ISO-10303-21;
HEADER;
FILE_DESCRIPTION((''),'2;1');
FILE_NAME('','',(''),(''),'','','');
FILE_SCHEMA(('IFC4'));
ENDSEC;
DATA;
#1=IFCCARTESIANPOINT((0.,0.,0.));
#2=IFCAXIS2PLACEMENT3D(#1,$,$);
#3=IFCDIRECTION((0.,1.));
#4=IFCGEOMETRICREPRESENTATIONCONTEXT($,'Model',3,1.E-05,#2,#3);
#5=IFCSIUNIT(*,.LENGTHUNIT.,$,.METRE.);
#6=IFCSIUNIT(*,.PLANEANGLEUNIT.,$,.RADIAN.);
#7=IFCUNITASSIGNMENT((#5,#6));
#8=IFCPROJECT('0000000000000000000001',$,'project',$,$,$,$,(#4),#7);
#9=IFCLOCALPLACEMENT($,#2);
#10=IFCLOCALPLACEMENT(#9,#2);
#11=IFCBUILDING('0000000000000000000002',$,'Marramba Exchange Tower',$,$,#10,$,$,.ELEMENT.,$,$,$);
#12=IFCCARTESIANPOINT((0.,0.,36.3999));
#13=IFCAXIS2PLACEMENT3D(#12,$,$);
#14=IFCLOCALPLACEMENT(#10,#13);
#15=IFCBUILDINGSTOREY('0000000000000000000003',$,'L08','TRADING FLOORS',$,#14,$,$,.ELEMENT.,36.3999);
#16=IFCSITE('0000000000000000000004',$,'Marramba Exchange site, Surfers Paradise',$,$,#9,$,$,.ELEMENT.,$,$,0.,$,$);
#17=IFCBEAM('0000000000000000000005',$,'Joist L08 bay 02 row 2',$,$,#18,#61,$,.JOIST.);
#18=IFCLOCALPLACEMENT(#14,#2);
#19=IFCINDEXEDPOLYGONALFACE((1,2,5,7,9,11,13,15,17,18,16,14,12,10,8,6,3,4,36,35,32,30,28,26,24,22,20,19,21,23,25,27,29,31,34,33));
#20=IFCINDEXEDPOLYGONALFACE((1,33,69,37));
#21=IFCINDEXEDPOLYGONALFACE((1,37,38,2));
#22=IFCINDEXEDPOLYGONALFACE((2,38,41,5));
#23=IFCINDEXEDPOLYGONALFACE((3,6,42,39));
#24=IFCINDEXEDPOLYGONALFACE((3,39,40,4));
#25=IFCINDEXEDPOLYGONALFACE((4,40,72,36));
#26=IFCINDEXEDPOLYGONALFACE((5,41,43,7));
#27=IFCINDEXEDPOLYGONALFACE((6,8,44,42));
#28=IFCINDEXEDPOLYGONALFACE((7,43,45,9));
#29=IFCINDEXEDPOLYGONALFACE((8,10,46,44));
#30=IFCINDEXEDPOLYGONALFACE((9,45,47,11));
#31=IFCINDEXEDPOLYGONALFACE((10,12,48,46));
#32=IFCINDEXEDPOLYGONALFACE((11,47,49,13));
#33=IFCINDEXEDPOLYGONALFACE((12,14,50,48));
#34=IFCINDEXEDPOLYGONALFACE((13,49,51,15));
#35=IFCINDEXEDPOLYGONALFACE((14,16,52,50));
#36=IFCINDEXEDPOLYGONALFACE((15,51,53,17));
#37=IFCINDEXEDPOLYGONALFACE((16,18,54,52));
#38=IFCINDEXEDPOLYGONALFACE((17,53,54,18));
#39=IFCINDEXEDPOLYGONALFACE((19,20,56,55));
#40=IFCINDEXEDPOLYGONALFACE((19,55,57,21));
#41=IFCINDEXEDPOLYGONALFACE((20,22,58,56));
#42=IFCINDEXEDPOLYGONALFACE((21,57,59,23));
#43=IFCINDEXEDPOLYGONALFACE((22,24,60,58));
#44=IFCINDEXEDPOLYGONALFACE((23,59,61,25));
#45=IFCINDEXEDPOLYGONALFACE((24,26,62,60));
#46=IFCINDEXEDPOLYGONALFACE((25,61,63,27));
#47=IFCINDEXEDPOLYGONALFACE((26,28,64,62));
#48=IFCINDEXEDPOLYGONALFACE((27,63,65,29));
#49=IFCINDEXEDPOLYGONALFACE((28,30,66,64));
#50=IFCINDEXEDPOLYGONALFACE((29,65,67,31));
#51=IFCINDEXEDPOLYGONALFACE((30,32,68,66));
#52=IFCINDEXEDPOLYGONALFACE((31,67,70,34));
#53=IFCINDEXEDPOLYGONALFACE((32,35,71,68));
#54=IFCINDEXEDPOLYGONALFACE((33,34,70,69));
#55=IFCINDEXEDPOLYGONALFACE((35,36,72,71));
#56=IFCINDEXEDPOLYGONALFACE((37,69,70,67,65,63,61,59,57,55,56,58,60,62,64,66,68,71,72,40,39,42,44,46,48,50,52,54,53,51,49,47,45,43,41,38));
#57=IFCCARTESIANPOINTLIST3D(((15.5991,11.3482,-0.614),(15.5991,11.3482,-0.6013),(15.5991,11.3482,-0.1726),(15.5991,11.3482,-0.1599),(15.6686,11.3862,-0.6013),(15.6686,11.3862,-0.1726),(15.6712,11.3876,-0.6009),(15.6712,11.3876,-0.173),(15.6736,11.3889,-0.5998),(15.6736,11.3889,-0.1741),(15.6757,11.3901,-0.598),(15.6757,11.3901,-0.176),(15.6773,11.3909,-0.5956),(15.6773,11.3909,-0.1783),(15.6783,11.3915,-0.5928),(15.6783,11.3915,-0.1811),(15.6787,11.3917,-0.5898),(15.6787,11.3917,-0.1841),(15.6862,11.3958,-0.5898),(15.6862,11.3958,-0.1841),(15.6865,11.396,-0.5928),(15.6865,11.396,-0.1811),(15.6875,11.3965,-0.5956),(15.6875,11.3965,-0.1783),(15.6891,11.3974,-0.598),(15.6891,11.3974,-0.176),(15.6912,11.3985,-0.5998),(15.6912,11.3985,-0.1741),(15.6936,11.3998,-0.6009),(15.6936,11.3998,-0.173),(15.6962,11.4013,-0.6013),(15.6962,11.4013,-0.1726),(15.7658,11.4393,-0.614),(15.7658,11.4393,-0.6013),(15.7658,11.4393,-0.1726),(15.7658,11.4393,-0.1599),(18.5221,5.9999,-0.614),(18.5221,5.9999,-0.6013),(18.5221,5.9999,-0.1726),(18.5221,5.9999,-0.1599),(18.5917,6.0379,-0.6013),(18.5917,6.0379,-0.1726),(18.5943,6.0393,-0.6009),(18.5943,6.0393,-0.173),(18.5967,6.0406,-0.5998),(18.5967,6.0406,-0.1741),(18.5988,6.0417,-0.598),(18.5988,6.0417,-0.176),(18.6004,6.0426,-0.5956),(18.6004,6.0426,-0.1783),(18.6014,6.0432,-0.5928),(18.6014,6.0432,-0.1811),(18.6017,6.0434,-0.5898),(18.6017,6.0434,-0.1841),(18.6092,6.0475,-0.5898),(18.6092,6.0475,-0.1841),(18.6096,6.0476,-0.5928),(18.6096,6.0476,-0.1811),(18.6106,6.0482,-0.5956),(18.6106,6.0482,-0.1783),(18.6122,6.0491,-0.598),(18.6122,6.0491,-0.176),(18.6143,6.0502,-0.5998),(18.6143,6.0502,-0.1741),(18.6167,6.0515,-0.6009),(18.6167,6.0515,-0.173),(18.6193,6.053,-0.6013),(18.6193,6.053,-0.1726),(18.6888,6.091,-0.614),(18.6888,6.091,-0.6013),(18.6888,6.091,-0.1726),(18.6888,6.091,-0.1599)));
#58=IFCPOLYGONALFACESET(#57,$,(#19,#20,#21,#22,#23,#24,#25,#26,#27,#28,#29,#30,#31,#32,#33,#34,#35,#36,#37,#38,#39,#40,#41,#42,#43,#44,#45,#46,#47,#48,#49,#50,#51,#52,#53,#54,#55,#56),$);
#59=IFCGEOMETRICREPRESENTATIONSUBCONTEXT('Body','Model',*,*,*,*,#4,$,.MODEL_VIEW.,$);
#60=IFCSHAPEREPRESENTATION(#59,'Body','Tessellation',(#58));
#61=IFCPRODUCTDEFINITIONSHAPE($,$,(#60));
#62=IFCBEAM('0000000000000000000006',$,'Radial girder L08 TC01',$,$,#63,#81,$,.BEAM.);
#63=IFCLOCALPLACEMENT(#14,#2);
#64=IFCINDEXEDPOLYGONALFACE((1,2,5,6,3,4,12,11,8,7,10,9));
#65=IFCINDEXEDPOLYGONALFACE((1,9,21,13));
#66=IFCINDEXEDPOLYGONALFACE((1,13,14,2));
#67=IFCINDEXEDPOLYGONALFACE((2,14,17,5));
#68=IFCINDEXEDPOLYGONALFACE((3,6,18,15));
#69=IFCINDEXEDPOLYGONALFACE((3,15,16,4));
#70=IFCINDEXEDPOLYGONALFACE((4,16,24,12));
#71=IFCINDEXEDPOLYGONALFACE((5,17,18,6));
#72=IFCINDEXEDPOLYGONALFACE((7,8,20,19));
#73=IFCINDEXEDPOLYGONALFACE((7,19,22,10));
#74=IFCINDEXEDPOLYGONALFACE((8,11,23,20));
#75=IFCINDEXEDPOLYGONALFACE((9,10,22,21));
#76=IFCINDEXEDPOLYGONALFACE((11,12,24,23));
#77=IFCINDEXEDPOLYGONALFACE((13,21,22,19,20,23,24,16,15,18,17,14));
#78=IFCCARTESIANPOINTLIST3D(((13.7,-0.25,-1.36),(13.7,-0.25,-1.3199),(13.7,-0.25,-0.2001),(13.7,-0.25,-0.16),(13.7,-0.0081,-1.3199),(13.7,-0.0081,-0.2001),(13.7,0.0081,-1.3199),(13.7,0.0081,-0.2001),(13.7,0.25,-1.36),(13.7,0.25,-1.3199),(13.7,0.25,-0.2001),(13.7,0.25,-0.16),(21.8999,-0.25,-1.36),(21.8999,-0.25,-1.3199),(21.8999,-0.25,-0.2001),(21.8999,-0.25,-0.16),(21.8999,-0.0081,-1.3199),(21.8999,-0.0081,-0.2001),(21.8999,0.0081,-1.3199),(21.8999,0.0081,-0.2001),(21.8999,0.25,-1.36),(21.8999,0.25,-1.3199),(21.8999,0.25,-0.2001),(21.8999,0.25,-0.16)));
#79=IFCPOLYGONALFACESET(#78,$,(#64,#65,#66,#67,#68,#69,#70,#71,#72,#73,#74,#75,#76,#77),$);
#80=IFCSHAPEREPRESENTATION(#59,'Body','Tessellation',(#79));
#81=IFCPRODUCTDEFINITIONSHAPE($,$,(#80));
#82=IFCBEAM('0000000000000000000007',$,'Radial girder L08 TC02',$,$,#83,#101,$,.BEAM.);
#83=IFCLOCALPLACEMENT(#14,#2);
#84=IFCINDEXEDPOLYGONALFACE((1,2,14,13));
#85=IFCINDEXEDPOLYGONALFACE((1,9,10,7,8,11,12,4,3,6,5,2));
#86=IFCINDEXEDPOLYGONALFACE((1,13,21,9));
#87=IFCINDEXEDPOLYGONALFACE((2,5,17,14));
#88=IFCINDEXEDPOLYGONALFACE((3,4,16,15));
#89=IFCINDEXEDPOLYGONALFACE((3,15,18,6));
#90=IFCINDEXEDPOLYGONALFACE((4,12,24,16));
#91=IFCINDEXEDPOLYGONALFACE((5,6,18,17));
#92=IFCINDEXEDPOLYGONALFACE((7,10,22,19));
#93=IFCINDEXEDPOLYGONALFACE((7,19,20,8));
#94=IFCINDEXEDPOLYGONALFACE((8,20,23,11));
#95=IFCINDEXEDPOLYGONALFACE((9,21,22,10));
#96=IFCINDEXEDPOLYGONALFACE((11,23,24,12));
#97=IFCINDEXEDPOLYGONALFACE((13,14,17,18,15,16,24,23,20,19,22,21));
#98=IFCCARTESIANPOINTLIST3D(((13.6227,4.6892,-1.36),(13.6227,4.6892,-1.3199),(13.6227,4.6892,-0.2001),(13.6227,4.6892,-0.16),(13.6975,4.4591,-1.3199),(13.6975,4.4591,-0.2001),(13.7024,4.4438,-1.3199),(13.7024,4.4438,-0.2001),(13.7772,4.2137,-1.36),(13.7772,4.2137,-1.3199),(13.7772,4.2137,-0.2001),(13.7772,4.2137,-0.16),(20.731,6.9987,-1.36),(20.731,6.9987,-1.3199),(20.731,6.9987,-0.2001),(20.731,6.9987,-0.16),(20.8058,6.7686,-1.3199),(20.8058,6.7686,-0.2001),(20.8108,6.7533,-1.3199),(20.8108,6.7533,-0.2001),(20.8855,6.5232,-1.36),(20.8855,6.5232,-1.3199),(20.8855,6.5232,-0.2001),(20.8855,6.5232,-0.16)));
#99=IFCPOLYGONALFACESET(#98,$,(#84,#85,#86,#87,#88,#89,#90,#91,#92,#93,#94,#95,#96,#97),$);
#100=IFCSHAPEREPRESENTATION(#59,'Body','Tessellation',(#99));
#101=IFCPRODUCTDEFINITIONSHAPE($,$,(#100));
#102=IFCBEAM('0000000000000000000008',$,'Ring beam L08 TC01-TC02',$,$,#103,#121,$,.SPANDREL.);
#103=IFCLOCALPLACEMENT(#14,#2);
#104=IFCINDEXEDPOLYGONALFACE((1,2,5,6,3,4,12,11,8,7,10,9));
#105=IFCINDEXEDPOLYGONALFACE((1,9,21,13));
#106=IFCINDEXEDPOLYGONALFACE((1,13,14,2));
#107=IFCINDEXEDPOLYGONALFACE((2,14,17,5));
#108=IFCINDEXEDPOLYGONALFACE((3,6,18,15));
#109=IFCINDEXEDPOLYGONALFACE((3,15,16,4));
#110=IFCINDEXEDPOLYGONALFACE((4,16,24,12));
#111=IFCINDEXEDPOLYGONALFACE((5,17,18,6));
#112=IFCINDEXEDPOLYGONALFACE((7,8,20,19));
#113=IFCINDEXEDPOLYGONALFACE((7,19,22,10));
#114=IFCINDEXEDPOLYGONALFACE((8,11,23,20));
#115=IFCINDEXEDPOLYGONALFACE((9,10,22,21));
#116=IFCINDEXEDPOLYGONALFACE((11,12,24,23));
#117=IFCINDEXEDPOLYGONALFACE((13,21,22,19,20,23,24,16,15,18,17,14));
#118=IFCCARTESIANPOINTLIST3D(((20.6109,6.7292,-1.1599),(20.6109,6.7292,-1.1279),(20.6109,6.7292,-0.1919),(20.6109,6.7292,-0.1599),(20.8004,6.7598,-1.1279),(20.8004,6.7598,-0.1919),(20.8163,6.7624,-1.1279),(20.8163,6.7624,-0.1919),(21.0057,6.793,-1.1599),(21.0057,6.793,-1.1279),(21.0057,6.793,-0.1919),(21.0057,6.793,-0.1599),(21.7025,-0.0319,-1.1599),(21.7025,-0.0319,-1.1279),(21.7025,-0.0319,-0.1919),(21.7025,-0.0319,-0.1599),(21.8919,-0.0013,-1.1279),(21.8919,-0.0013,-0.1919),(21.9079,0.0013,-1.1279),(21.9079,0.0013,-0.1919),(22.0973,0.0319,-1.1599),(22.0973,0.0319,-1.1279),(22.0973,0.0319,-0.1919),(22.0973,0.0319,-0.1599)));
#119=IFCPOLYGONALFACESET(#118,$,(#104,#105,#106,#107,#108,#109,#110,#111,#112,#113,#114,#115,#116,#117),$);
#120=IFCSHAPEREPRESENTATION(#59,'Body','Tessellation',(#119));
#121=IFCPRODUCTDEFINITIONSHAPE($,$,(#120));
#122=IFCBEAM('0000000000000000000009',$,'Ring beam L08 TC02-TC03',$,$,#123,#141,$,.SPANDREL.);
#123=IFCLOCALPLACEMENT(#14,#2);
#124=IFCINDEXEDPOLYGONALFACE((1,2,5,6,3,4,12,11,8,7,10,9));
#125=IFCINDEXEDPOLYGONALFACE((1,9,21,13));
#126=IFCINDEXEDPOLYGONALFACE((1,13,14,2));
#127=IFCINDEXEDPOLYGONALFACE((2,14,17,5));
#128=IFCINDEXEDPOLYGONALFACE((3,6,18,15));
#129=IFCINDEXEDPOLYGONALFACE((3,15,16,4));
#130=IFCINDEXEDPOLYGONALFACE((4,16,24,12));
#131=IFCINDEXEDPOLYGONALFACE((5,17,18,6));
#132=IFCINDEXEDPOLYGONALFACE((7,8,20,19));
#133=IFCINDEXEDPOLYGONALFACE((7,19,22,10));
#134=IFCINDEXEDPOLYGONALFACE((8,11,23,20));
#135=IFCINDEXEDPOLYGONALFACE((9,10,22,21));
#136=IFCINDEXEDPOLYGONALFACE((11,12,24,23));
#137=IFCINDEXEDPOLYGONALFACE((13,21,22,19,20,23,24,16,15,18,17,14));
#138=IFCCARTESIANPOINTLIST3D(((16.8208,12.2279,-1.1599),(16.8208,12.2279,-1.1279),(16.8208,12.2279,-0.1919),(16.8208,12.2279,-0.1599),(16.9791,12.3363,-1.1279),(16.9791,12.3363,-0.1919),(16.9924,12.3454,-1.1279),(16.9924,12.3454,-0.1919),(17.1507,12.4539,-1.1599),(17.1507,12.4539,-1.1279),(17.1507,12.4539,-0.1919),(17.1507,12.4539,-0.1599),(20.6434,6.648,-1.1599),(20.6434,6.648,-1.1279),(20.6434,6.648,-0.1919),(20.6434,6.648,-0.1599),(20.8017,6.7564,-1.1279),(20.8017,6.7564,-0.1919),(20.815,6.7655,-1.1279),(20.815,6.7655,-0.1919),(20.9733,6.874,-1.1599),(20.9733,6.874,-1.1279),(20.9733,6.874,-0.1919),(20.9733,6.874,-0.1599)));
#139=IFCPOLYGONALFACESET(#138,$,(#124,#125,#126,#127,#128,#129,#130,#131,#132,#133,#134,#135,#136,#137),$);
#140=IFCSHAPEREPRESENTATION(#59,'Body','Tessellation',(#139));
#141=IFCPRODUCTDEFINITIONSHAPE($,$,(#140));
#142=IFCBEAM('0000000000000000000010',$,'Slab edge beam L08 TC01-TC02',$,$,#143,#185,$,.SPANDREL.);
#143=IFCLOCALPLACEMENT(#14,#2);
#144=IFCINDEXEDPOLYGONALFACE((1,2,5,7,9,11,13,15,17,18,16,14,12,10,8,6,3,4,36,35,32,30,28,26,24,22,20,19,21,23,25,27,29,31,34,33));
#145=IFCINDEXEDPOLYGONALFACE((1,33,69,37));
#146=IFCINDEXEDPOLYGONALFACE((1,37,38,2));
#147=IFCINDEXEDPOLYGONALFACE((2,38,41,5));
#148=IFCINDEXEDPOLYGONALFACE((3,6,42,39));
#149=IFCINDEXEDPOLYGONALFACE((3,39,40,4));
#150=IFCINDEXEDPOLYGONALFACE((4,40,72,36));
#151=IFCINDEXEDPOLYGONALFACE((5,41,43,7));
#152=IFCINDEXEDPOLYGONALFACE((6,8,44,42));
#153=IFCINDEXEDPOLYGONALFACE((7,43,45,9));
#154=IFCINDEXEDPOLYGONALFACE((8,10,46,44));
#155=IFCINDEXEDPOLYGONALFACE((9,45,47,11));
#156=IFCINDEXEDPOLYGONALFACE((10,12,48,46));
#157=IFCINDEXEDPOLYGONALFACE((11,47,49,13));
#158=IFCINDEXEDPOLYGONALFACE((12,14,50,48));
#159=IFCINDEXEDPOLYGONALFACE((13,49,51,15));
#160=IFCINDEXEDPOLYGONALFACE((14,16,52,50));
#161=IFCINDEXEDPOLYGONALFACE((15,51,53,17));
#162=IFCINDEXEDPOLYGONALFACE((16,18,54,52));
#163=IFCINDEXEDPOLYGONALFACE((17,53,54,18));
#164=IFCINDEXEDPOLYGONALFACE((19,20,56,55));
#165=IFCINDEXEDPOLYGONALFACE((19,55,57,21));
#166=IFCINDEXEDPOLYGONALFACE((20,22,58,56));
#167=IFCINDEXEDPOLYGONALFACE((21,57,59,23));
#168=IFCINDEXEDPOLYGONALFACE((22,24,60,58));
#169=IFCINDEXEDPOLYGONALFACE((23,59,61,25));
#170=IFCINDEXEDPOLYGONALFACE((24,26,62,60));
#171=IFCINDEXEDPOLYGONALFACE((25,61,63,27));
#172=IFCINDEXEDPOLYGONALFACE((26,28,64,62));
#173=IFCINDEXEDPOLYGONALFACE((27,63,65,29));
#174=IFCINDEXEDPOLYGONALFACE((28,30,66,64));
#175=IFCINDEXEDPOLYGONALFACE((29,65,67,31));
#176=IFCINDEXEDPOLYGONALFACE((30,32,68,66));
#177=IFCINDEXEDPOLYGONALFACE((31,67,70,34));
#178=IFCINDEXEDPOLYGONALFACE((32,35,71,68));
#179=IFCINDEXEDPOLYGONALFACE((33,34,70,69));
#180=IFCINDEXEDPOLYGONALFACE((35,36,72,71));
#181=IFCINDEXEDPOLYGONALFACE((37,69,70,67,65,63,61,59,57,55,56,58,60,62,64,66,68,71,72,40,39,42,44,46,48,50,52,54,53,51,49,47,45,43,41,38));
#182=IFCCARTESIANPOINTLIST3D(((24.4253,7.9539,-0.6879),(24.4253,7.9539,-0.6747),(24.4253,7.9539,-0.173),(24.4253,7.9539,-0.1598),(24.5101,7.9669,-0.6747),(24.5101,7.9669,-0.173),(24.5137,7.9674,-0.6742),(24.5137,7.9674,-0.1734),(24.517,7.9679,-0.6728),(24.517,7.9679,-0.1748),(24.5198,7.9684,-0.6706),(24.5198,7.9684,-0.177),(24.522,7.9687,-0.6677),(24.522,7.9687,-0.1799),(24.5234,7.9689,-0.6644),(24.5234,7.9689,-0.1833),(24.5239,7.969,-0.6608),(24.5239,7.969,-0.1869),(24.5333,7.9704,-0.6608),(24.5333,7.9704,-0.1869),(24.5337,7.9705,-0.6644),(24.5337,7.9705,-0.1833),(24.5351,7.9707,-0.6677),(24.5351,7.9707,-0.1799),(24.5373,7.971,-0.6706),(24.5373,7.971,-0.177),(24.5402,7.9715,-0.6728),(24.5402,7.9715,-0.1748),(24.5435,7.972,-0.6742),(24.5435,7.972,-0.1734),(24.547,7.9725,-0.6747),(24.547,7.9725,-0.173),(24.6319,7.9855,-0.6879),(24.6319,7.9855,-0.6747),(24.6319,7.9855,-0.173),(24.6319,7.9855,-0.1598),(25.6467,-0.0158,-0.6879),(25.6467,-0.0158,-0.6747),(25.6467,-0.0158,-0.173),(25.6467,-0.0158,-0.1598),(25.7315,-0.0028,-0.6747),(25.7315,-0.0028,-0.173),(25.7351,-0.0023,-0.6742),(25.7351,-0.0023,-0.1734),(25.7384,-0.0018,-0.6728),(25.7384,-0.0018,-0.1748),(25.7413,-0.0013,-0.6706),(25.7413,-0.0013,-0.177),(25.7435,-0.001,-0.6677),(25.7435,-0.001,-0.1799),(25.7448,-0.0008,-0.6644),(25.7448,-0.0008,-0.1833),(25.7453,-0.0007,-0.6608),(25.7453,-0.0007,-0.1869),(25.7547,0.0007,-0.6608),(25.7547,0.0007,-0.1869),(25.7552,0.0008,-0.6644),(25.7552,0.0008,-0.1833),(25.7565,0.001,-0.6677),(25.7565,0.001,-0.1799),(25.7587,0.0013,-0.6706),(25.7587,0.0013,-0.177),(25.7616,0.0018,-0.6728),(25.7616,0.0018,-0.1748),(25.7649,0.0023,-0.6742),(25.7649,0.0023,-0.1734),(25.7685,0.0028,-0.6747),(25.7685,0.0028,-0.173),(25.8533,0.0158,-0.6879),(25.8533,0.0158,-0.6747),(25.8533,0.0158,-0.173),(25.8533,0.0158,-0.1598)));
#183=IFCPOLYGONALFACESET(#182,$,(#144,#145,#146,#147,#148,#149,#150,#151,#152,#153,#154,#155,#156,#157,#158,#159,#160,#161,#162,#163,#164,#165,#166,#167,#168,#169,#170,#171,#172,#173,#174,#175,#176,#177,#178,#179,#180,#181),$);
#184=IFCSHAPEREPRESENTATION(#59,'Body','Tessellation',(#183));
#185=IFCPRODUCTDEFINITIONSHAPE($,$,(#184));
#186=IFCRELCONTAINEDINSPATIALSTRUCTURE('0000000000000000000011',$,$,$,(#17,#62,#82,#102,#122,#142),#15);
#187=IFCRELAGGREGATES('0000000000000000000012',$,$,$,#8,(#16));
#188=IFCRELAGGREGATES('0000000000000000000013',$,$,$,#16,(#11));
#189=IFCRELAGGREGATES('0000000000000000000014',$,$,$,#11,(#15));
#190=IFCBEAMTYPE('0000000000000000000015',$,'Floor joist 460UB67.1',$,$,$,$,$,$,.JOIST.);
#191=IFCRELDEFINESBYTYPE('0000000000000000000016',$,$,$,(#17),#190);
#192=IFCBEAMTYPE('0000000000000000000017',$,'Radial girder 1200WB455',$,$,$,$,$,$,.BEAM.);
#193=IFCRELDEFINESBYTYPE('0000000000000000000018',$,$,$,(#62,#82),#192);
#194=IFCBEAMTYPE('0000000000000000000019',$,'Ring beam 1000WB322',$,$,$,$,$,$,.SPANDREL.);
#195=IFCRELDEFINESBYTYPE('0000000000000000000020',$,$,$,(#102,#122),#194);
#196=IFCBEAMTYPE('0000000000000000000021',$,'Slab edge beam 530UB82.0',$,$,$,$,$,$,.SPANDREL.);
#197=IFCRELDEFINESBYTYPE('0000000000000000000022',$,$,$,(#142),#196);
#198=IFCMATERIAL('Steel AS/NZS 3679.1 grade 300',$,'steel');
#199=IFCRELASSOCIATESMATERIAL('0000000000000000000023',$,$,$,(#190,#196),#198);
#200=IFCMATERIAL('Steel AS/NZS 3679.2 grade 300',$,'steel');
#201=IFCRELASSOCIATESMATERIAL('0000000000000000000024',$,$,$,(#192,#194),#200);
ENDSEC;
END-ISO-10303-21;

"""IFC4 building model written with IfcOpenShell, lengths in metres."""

from ifc_helpers import new_model, si_unit, direction, frame, origin, origin_2d, place, context, subcontext, project, spatial, i_section, extrude, material, material_profile, profile_set, type_object, element, save


model = new_model("IFC4")

# Units and contexts
model_context = context("Model", 3, precision=1e-05, world=origin(), true_north=direction((0.0, 1.0)))
body_context = subcontext(model_context, "Body", "Model", "MODEL_VIEW")
ifc_project = project(units=[si_unit("LENGTHUNIT", "METRE"), si_unit("PLANEANGLEUNIT", "RADIAN")], contexts=[model_context])

# Site, building, storey
site_placement = place(None, origin())
site = spatial("IfcSite", under=ifc_project, at=site_placement, Name="Marramba Exchange site, Surfers Paradise", CompositionType="ELEMENT", RefElevation=0.0)
building_placement = place(site_placement, origin())
building = spatial("IfcBuilding", under=site, at=building_placement, Name="Marramba Exchange Tower", CompositionType="ELEMENT")
storey_placement = place(building_placement, frame((0.0, 0.0, 36.3999)))
storey = spatial("IfcBuildingStorey", under=building, at=storey_placement, Name="L08", Description="TRADING FLOORS", CompositionType="ELEMENT", Elevation=36.3999)

# Beams
ifc_material_1 = material(Name="Steel AS/NZS 3679.2 grade 300", Category="steel")
ifc_material_2 = material(Name="Steel AS/NZS 3679.1 grade 300", Category="steel")
ifc_material_profile_1 = material_profile(ifc_material_2, i_section(OverallWidth=0.1899, OverallDepth=0.4541, WebThickness=0.0085, FlangeThickness=0.0127, FilletRadius=0.0115, at=origin_2d()), Name="460UB67.1")
ifc_profile_set_1 = profile_set([ifc_material_profile_1], Name="Steel AS/NZS 3679.1 grade 300")
beam_type_1 = type_object("IfcBeamType", Name="Floor joist 460UB67.1", PredefinedType="JOIST", material=ifc_profile_set_1)
beam_1_placement = place(storey_placement, frame((18.6055, 6.0454, -0.387), z_axis=(-0.479584, 0.877496, 0.0), x_axis=(-0.877496, -0.479584, 0.0)))
element("IfcBeam", 1, at=beam_1_placement, inside=storey, type_object=beam_type_1, Name="Joist L08 bay 02 row 2", PredefinedType="JOIST", context=body_context, shape_type="SweptSolid", body=[
    extrude(i_section(OverallWidth=0.1899, OverallDepth=0.4541, WebThickness=0.0085, FlangeThickness=0.0127, FilletRadius=0.0115, at=origin_2d()), origin(), (0.0, 0.0, 1.0), 6.095),
])
ifc_material_profile_2 = material_profile(ifc_material_1, i_section(OverallWidth=0.5, OverallDepth=1.2, WebThickness=0.0161, FlangeThickness=0.04, at=origin_2d()), Name="1200WB455")
ifc_profile_set_2 = profile_set([ifc_material_profile_2], Name="Steel AS/NZS 3679.2 grade 300")
beam_type_2 = type_object("IfcBeamType", Name="Radial girder 1200WB455", PredefinedType="BEAM", material=ifc_profile_set_2)
beam_2_placement = place(storey_placement, frame((13.7, 0.0, -0.76), z_axis=(1.0, 0.0, 0.0), x_axis=(0.0, 1.0, 0.0)))
element("IfcBeam", 2, at=beam_2_placement, inside=storey, type_object=beam_type_2, Name="Radial girder L08 TC01", PredefinedType="BEAM", context=body_context, shape_type="SweptSolid", body=[
    extrude(i_section(OverallWidth=0.5, OverallDepth=1.2, WebThickness=0.0161, FlangeThickness=0.04, at=origin_2d()), origin(), (0.0, 0.0, 1.0), 8.2),
])
beam_3_placement = place(storey_placement, frame((13.7, 4.4514, -0.76), z_axis=(0.95106, 0.309006, 0.0), x_axis=(-0.309006, 0.95106, 0.0)))
element("IfcBeam", 3, at=beam_3_placement, inside=storey, type_object=beam_type_2, Name="Radial girder L08 TC02", PredefinedType="BEAM", context=body_context, shape_type="SweptSolid", body=[
    extrude(i_section(OverallWidth=0.5, OverallDepth=1.2, WebThickness=0.0161, FlangeThickness=0.04, at=origin_2d()), origin(), (0.0, 0.0, 1.0), 7.4741),
])
ifc_material_profile_3 = material_profile(ifc_material_1, i_section(OverallWidth=0.3999, OverallDepth=1.0, WebThickness=0.0161, FlangeThickness=0.032, at=origin_2d()), Name="1000WB322")
ifc_profile_set_3 = profile_set([ifc_material_profile_3], Name="Steel AS/NZS 3679.2 grade 300")
beam_type_3 = type_object("IfcBeamType", Name="Ring beam 1000WB322", PredefinedType="SPANDREL", material=ifc_profile_set_3)
beam_4_placement = place(storey_placement, frame((21.8999, 0.0, -0.6599), z_axis=(-0.159385, 0.987217, 0.0), x_axis=(-0.987217, -0.159385, 0.0)))
element("IfcBeam", 4, at=beam_4_placement, inside=storey, type_object=beam_type_3, Name="Ring beam L08 TC01-TC02", PredefinedType="SPANDREL", context=body_context, shape_type="SweptSolid", body=[
    extrude(i_section(OverallWidth=0.3999, OverallDepth=1.0, WebThickness=0.0161, FlangeThickness=0.032, at=origin_2d()), origin(), (0.0, 0.0, 1.0), 6.8486),
])
beam_5_placement = place(storey_placement, frame((20.8083, 6.761, -0.6599), z_axis=(-0.56516, 0.824981, 0.0), x_axis=(-0.824981, -0.56516, 0.0)))
element("IfcBeam", 5, at=beam_5_placement, inside=storey, type_object=beam_type_3, Name="Ring beam L08 TC02-TC03", PredefinedType="SPANDREL", context=body_context, shape_type="SweptSolid", body=[
    extrude(i_section(OverallWidth=0.3999, OverallDepth=1.0, WebThickness=0.0161, FlangeThickness=0.032, at=origin_2d()), origin(), (0.0, 0.0, 1.0), 6.7637),
])
ifc_material_profile_4 = material_profile(ifc_material_2, i_section(OverallWidth=0.209, OverallDepth=0.5281, WebThickness=0.0095, FlangeThickness=0.0132, FilletRadius=0.0139, at=origin_2d()), Name="530UB82.0")
ifc_profile_set_4 = profile_set([ifc_material_profile_4], Name="Steel AS/NZS 3679.1 grade 300")
beam_type_4 = type_object("IfcBeamType", Name="Slab edge beam 530UB82.0", PredefinedType="SPANDREL", material=ifc_profile_set_4)
beam_6_placement = place(storey_placement, frame((25.75, 0.0, -0.4238), z_axis=(-0.151491, 0.988459, 0.0), x_axis=(-0.988459, -0.151491, 0.0)))
element("IfcBeam", 6, at=beam_6_placement, inside=storey, type_object=beam_type_4, Name="Slab edge beam L08 TC01-TC02", PredefinedType="SPANDREL", context=body_context, shape_type="SweptSolid", body=[
    extrude(i_section(OverallWidth=0.209, OverallDepth=0.5281, WebThickness=0.0095, FlangeThickness=0.0132, FilletRadius=0.0139, at=origin_2d()), origin(), (0.0, 0.0, 1.0), 8.0627),
])

save(model, "model.ifc")
